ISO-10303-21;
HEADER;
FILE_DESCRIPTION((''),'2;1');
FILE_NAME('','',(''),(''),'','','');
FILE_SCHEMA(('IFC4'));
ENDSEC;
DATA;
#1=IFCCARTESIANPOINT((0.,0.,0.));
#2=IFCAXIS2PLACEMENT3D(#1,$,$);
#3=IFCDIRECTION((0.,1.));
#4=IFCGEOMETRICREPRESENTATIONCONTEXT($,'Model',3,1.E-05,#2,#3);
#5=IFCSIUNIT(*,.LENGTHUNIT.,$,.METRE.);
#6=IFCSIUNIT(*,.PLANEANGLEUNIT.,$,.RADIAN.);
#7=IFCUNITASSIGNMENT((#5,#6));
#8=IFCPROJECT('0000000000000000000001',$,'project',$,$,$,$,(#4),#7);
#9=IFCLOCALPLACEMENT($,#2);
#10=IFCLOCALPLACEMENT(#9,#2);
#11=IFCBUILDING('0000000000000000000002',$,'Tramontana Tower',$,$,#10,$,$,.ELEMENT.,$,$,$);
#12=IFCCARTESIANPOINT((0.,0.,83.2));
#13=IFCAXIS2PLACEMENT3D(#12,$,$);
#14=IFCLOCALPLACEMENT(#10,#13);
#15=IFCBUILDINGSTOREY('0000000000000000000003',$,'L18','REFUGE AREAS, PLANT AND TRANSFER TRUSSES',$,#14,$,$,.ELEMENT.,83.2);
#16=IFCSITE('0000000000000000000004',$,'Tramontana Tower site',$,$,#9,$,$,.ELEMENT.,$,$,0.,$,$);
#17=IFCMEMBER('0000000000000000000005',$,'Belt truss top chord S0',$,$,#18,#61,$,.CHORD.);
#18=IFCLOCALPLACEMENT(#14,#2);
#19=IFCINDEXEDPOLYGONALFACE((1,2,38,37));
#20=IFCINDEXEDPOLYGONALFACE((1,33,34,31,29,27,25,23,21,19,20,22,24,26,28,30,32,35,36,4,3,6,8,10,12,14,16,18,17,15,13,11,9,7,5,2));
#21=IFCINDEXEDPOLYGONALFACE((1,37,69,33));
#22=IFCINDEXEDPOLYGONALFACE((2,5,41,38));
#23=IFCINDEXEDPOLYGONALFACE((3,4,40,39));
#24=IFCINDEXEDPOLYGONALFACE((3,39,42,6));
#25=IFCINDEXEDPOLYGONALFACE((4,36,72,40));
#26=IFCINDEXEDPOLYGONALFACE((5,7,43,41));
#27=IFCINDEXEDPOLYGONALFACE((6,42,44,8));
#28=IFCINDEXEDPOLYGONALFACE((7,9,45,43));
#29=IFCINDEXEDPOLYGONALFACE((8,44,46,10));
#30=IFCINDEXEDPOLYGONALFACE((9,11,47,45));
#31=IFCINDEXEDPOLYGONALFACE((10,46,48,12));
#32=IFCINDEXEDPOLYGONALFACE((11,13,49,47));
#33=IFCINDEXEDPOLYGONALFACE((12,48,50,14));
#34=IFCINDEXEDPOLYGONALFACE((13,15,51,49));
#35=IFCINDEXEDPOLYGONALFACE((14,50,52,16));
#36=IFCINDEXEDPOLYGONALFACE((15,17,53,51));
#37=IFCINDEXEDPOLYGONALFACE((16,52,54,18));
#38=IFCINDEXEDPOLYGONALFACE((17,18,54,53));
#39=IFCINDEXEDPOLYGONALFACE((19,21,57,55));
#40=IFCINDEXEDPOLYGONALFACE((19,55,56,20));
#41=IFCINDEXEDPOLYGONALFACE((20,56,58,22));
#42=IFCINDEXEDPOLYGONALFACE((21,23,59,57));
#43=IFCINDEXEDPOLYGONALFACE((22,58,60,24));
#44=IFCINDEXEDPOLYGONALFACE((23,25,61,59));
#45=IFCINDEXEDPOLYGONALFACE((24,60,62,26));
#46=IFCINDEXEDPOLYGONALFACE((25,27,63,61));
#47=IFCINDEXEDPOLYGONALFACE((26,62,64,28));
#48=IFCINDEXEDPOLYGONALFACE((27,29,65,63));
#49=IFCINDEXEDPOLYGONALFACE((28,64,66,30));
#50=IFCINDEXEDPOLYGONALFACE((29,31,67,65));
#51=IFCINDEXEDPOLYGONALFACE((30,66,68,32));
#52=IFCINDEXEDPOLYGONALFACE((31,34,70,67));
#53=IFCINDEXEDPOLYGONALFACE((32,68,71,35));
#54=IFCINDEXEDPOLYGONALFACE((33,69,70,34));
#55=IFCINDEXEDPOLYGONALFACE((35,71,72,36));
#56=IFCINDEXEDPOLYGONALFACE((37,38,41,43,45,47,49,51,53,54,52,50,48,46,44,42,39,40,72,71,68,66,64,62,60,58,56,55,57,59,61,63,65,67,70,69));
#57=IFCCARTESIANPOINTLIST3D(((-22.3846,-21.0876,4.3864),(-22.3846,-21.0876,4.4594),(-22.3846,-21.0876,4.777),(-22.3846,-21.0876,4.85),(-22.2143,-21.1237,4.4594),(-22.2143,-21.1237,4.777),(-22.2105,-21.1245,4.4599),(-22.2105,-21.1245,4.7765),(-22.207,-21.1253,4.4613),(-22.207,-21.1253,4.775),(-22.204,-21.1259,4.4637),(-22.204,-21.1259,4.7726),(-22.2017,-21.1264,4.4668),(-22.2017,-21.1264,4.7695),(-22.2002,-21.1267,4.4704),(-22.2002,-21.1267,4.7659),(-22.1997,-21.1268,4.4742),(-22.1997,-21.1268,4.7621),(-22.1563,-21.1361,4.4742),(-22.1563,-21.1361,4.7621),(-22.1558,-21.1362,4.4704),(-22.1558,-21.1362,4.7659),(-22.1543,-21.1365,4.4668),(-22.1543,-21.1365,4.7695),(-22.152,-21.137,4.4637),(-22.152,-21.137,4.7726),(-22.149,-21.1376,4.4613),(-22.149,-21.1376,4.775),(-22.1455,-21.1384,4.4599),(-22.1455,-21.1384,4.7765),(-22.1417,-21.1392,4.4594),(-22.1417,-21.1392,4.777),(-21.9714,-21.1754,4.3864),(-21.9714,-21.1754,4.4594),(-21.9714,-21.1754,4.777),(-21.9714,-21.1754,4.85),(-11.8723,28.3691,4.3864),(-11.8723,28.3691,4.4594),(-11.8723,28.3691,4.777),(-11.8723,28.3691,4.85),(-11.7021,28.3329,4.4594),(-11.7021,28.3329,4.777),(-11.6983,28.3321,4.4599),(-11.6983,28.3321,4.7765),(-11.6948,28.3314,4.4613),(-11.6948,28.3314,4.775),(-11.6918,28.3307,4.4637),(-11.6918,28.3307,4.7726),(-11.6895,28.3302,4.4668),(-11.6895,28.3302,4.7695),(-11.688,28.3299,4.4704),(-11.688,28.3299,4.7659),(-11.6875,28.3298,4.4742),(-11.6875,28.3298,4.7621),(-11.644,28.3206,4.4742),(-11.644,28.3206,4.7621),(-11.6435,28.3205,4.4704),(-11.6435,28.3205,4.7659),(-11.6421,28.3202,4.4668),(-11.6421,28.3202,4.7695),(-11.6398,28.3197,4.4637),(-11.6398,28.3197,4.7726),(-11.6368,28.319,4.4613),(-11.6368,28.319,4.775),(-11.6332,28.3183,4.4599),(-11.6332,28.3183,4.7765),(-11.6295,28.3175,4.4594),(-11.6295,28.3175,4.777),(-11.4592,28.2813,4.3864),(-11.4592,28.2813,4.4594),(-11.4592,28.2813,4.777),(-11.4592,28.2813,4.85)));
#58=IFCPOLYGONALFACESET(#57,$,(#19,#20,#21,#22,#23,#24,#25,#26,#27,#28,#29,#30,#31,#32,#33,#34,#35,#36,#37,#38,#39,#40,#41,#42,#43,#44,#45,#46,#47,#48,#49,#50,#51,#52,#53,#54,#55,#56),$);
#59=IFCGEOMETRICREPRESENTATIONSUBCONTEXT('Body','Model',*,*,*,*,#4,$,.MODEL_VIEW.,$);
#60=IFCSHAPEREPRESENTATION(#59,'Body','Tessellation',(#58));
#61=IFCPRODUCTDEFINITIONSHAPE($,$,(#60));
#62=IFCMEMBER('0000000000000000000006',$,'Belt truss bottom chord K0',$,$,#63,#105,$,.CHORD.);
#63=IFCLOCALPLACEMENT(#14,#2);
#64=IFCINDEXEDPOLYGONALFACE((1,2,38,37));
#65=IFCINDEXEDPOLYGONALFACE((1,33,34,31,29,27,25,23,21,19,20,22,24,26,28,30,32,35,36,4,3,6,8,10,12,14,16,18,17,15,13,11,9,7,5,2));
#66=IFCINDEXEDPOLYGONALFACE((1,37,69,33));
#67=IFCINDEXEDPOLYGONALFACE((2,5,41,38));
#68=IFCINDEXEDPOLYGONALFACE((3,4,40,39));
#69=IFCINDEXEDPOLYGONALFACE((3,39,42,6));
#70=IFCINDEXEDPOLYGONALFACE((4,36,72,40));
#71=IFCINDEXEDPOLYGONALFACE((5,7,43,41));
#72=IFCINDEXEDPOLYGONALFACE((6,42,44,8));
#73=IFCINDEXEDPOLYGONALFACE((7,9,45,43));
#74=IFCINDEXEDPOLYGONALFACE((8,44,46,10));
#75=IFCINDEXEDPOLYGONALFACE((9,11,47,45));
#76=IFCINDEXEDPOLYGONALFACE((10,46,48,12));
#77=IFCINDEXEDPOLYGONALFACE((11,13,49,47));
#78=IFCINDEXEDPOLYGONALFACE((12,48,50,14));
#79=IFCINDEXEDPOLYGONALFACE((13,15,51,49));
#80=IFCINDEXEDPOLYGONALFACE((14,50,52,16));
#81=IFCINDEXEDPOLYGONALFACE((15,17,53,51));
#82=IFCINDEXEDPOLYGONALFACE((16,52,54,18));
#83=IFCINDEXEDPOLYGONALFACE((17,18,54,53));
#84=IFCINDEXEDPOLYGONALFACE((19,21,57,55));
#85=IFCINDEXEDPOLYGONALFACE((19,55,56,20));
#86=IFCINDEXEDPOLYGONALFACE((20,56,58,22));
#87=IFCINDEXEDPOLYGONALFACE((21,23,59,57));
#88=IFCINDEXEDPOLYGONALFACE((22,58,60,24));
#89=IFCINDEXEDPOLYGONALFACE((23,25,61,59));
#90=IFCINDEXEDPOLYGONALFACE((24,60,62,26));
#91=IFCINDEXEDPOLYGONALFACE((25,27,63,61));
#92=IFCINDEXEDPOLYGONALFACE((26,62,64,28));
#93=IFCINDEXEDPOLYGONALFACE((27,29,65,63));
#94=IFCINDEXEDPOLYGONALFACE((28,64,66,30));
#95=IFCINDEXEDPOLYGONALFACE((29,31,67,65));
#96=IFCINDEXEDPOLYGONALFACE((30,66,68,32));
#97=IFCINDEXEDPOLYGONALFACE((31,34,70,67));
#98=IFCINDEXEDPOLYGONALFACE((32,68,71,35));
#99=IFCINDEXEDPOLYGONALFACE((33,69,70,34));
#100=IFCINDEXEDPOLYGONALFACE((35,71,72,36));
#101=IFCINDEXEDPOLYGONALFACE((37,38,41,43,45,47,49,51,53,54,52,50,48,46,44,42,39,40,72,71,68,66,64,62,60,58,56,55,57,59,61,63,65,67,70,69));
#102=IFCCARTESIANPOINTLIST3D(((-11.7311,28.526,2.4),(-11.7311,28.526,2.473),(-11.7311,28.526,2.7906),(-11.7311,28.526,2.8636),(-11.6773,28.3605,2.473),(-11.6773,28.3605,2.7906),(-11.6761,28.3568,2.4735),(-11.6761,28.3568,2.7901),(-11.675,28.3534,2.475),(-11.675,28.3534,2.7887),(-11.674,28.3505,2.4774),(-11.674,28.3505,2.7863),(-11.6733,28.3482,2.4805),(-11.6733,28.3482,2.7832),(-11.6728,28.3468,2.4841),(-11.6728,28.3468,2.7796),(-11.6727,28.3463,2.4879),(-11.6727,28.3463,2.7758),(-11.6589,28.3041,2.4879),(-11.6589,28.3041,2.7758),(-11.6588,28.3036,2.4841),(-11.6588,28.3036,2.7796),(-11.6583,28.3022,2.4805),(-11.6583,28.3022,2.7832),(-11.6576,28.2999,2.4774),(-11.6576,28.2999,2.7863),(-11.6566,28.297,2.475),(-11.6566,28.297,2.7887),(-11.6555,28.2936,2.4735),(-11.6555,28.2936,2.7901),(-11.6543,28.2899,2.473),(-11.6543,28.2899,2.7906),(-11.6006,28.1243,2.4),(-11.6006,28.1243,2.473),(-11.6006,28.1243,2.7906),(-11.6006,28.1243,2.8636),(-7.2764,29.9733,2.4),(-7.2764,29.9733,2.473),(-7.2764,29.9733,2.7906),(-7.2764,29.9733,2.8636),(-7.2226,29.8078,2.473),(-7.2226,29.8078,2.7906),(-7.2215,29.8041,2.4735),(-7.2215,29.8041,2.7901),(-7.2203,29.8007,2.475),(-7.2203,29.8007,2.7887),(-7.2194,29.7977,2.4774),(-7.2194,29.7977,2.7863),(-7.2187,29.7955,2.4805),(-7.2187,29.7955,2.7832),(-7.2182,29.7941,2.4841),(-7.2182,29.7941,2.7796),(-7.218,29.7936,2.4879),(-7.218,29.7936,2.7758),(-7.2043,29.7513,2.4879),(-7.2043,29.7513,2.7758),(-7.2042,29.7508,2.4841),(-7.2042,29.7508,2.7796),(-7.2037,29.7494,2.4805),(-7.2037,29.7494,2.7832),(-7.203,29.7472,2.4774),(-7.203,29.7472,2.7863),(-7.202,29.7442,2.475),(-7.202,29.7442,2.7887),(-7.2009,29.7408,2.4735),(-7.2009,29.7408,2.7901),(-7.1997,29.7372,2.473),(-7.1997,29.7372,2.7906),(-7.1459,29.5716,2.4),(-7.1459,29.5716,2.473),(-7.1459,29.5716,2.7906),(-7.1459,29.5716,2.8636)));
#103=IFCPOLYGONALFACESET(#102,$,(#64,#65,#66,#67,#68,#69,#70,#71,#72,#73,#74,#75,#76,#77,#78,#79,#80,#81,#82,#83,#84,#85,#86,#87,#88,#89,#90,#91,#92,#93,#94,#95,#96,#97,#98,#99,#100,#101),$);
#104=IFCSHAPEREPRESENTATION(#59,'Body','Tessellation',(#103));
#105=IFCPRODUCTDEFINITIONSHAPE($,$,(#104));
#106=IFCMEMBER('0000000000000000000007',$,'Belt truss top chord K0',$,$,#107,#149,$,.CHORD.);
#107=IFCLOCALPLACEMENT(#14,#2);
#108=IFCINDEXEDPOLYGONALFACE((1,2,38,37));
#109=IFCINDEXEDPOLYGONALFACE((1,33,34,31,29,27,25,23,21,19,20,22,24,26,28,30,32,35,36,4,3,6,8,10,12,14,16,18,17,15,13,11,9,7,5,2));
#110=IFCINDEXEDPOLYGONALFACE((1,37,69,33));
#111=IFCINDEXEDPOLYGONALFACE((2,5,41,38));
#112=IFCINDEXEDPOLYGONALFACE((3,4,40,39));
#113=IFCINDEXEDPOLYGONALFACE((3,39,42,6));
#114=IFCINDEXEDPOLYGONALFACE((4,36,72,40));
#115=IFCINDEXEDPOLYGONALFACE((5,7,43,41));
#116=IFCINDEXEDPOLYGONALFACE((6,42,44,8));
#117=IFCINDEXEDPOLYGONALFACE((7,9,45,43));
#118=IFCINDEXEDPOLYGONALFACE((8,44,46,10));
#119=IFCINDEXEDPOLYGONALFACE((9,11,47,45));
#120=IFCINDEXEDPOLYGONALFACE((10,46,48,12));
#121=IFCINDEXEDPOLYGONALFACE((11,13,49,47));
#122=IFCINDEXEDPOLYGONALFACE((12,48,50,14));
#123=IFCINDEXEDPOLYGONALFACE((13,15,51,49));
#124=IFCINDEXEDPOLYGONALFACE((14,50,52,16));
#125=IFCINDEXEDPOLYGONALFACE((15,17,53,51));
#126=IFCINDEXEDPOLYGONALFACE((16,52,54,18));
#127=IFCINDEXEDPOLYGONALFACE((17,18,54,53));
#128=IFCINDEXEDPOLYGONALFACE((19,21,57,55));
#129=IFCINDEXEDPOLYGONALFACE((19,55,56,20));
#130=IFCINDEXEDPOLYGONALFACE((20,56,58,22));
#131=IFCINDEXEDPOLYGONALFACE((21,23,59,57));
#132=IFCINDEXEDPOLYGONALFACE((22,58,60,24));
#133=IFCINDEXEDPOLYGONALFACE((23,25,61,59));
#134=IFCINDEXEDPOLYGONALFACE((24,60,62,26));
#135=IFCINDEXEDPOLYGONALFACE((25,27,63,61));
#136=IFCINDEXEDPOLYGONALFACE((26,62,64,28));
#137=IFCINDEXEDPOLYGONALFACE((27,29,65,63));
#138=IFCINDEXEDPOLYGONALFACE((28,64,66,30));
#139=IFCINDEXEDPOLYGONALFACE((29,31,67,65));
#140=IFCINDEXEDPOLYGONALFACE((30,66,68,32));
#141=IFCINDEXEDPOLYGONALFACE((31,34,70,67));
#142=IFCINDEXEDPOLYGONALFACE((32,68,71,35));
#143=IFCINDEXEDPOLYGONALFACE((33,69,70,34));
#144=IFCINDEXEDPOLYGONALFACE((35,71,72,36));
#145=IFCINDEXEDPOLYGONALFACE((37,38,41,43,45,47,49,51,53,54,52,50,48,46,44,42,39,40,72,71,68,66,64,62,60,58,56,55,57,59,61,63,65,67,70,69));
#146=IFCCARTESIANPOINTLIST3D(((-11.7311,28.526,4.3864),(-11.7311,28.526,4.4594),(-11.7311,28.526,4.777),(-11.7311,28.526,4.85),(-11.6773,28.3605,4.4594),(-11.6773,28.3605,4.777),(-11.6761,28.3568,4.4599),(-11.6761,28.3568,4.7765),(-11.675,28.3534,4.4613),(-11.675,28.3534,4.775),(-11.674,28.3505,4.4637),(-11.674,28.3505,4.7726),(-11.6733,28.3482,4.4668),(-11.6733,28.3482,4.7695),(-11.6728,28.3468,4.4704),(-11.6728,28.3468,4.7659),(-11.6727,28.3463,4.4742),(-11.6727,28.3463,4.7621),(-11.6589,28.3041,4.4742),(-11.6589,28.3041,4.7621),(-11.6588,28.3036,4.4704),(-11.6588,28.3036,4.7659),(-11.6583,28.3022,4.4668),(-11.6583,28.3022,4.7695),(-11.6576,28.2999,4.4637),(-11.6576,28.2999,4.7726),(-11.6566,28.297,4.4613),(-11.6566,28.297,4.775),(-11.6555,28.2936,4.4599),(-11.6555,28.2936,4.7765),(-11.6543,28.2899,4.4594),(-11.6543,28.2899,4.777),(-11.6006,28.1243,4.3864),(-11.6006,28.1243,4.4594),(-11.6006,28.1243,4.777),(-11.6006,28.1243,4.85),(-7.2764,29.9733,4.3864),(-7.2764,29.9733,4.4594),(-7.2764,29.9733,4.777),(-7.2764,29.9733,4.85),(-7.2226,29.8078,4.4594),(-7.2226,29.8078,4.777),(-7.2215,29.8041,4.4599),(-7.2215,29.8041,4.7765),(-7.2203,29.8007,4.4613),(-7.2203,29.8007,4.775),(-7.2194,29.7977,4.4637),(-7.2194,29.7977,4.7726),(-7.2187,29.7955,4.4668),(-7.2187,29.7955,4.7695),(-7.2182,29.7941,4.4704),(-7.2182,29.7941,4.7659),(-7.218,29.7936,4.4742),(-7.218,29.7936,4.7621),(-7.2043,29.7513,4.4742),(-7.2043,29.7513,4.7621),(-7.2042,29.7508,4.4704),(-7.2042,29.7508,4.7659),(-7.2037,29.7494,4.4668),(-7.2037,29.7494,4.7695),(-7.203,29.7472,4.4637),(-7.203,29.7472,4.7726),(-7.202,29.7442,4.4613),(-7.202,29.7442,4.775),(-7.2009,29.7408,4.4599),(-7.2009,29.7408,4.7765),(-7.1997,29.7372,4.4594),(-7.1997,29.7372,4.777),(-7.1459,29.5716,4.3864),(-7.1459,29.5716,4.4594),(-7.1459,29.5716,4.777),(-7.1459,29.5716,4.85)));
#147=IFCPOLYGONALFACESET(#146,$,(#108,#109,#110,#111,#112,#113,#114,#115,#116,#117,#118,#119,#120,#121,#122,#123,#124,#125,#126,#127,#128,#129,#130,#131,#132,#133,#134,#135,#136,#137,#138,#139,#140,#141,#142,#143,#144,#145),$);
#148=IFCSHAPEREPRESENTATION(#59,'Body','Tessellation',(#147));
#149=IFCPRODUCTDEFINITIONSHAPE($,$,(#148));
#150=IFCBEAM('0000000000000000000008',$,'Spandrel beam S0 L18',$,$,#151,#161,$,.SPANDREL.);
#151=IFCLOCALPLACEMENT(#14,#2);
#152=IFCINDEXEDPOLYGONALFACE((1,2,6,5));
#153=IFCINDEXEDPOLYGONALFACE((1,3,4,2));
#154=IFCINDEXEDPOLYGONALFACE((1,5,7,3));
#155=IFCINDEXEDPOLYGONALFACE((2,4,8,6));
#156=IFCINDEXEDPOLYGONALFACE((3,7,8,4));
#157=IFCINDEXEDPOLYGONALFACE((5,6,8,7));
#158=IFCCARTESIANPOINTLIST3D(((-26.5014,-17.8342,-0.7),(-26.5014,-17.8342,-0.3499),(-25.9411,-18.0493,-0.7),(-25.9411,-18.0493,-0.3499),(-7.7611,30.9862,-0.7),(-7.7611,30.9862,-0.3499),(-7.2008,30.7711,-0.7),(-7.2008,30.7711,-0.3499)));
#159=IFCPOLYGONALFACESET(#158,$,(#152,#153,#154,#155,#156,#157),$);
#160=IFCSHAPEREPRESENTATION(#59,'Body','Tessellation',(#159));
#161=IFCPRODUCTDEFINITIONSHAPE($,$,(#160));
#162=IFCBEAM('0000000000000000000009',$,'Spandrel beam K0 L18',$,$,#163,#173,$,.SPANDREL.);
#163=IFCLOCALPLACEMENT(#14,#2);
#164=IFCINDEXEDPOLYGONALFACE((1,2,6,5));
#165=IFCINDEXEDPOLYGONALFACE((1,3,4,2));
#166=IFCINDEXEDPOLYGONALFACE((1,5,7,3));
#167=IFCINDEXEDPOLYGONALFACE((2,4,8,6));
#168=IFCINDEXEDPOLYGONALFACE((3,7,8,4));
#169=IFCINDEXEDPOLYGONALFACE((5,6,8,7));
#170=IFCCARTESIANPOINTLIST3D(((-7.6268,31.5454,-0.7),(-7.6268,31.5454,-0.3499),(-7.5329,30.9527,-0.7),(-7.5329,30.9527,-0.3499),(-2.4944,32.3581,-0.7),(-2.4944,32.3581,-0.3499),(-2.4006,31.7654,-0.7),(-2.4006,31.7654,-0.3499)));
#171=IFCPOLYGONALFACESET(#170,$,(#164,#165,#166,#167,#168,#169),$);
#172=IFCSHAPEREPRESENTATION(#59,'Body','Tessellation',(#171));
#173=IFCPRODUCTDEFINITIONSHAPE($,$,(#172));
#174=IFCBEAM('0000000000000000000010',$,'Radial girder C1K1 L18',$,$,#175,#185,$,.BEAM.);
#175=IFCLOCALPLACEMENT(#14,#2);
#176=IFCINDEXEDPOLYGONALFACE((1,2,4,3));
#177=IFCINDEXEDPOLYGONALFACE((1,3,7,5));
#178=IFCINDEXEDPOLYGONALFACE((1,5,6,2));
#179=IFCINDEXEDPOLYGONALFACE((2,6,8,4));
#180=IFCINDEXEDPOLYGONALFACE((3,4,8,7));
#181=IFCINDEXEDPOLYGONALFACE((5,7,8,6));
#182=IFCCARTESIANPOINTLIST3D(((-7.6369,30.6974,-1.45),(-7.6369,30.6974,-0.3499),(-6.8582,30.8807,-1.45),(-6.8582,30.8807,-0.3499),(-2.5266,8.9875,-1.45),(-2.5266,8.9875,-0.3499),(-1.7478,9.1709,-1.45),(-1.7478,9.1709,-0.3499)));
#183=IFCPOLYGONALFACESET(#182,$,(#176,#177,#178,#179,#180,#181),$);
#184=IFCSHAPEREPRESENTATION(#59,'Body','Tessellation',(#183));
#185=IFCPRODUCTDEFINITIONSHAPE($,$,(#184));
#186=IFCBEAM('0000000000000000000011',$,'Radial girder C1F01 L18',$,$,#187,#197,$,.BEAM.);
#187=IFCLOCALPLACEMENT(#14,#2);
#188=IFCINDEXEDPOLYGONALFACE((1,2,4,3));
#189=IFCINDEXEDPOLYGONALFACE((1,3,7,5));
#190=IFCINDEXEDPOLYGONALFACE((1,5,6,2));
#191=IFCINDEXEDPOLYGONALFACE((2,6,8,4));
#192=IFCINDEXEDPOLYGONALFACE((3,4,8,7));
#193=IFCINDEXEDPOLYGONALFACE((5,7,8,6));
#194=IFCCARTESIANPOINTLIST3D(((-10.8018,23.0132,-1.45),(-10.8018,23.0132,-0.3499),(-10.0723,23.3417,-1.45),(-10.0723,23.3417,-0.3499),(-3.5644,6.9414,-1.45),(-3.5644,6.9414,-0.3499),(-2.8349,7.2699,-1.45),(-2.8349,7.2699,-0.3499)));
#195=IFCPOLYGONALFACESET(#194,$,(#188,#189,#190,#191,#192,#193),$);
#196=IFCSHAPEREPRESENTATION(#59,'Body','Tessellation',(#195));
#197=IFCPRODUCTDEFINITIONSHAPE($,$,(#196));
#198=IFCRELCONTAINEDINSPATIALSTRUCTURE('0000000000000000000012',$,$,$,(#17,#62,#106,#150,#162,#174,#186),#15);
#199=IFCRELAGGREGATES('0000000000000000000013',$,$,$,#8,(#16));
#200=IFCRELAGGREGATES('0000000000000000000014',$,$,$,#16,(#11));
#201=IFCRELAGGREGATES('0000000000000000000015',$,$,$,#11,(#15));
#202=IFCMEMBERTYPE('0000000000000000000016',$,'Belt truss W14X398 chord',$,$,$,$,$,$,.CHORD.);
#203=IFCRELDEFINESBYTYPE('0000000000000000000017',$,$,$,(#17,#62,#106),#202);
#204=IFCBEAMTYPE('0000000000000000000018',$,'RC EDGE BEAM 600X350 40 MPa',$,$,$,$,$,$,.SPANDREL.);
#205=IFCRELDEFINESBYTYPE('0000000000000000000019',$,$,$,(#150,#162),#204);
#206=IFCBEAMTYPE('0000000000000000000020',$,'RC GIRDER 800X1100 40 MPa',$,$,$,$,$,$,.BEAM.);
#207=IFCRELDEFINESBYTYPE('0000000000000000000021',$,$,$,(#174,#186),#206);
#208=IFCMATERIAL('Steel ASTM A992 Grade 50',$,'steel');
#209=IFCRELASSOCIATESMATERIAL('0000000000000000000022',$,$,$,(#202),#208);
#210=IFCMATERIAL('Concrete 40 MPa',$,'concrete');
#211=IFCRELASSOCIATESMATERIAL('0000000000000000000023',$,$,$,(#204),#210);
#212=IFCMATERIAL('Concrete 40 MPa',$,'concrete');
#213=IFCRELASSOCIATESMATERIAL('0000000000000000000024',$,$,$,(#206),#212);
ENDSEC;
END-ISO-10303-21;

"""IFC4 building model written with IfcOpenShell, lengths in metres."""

from ifc_helpers import new_model, si_unit, direction, frame, origin, origin_2d, place, context, subcontext, project, spatial, rectangle, i_section, extrude, material, material_profile, profile_set, type_object, element, save


model = new_model("IFC4")

# Units and contexts
model_context = context("Model", 3, precision=1e-05, world=origin(), true_north=direction((0.0, 1.0)))
body_context = subcontext(model_context, "Body", "Model", "MODEL_VIEW")
ifc_project = project(units=[si_unit("LENGTHUNIT", "METRE"), si_unit("PLANEANGLEUNIT", "RADIAN")], contexts=[model_context])

# Site, building, storey
site_placement = place(None, origin())
site = spatial("IfcSite", under=ifc_project, at=site_placement, Name="Tramontana Tower site", CompositionType="ELEMENT", RefElevation=0.0)
building_placement = place(site_placement, origin())
building = spatial("IfcBuilding", under=site, at=building_placement, Name="Tramontana Tower", CompositionType="ELEMENT")
storey_placement = place(building_placement, frame((0.0, 0.0, 83.2)))
storey = spatial("IfcBuildingStorey", under=building, at=storey_placement, Name="L18", Description="REFUGE AREAS, PLANT AND TRANSFER TRUSSES", CompositionType="ELEMENT", Elevation=83.2)

# Members
ifc_material_1 = material(Name="Steel ASTM A992 Grade 50", Category="steel")
ifc_material_profile_1 = material_profile(ifc_material_1, i_section(OverallWidth=0.4224, OverallDepth=0.4636, WebThickness=0.0444, FlangeThickness=0.073, FilletRadius=0.0149, at=origin_2d()), Name="W14X398")
ifc_profile_set_1 = profile_set([ifc_material_profile_1], Name="Steel ASTM A992 Grade 50")
member_type_1 = type_object("IfcMemberType", Name="Belt truss W14X398 chord", PredefinedType="CHORD", material=ifc_profile_set_1)
for number, where, z_axis, x_axis, name in (
    (1, (-11.6658, 28.3252, 4.6182), (-0.20791, -0.978148, 0.0), (0.978148, -0.20791, 0.0), "Belt truss top chord S0"),
):
    element("IfcMember", number, at=place(storey_placement, frame(where, z_axis=z_axis, x_axis=x_axis)), inside=storey, type_object=member_type_1, Name=name, PredefinedType="CHORD", context=body_context, shape_type="SweptSolid", body=[
        extrude(i_section(OverallWidth=0.4224, OverallDepth=0.4636, WebThickness=0.0444, FlangeThickness=0.073, FilletRadius=0.0149, at=origin_2d()), origin(), (0.0, 0.0, 1.0), 50.5615),
    ])
for number, where, z_axis, x_axis, name in (
    (2, (-7.2112, 29.7725, 2.6318), (-0.951064, -0.308994, 0.0), (0.308994, -0.951064, 0.0), "Belt truss bottom chord K0"),
    (3, (-7.2112, 29.7725, 4.6182), (-0.951064, -0.308994, 0.0), (0.308994, -0.951064, 0.0), "Belt truss top chord K0"),
):
    element("IfcMember", number, at=place(storey_placement, frame(where, z_axis=z_axis, x_axis=x_axis)), inside=storey, type_object=member_type_1, Name=name, PredefinedType="CHORD", context=body_context, shape_type="SweptSolid", body=[
        extrude(i_section(OverallWidth=0.4224, OverallDepth=0.4636, WebThickness=0.0444, FlangeThickness=0.073, FilletRadius=0.0149, at=origin_2d()), origin(), (0.0, 0.0, 1.0), 4.6838),
    ])

# Beams
ifc_material_2 = material(Name="Concrete 40 MPa", Category="concrete")
ifc_material_profile_2 = material_profile(ifc_material_2, rectangle(XDim=0.6001, YDim=0.3501, at=origin_2d()), Name="RC EDGE BEAM 600X350 40 MPa")
ifc_profile_set_2 = profile_set([ifc_material_profile_2], Name="Concrete 40 MPa")
beam_type_1 = type_object("IfcBeamType", Name="RC EDGE BEAM 600X350 40 MPa", PredefinedType="SPANDREL", material=ifc_profile_set_2)
beam_1_placement = place(storey_placement, frame((-7.481, 30.8787, -0.5249), z_axis=(-0.358366, -0.933581, 0.0), x_axis=(0.933581, -0.358366, 0.0)))
element("IfcBeam", 4, at=beam_1_placement, inside=storey, type_object=beam_type_1, Name="Spandrel beam S0 L18", PredefinedType="SPANDREL", context=body_context, shape_type="SweptSolid", body=[
    extrude(rectangle(XDim=0.6001, YDim=0.3501, at=origin_2d()), origin(), (0.0, 0.0, 1.0), 52.2937),
])
beam_2_placement = place(storey_placement, frame((-2.4475, 32.0618, -0.5249), z_axis=(-0.987692, -0.156409, 0.0), x_axis=(0.156409, -0.987692, 0.0)))
element("IfcBeam", 5, at=beam_2_placement, inside=storey, type_object=beam_type_1, Name="Spandrel beam K0 L18", PredefinedType="SPANDREL", context=body_context, shape_type="SweptSolid", body=[
    extrude(rectangle(XDim=0.6001, YDim=0.3501, at=origin_2d()), origin(), (0.0, 0.0, 1.0), 5.1963),
])
ifc_material_3 = material(Name="Concrete 40 MPa", Category="concrete")
ifc_material_profile_3 = material_profile(ifc_material_3, rectangle(XDim=0.8, YDim=1.1001, at=origin_2d()), Name="RC GIRDER 800X1100 40 MPa")
ifc_profile_set_3 = profile_set([ifc_material_profile_3], Name="Concrete 40 MPa")
beam_type_2 = type_object("IfcBeamType", Name="RC GIRDER 800X1100 40 MPa", PredefinedType="BEAM", material=ifc_profile_set_3)
beam_3_placement = place(storey_placement, frame((-7.2476, 30.7891, -0.8999), z_axis=(0.22913, -0.973396, 0.0), x_axis=(0.973396, 0.22913, 0.0)))
element("IfcBeam", 6, at=beam_3_placement, inside=storey, type_object=beam_type_2, Name="Radial girder C1K1 L18", PredefinedType="BEAM", context=body_context, shape_type="SweptSolid", body=[
    extrude(rectangle(XDim=0.8, YDim=1.1001, at=origin_2d()), origin(), (0.0, 0.0, 1.0), 22.3032),
])
beam_4_placement = place(storey_placement, frame((-10.437, 23.1775, -0.8999), z_axis=(0.410601, -0.911815, 0.0), x_axis=(0.911815, 0.410601, 0.0)))
element("IfcBeam", 7, at=beam_4_placement, inside=storey, type_object=beam_type_2, Name="Radial girder C1F01 L18", PredefinedType="BEAM", context=body_context, shape_type="SweptSolid", body=[
    extrude(rectangle(XDim=0.8, YDim=1.1001, at=origin_2d()), origin(), (0.0, 0.0, 1.0), 17.6262),
])

save(model, "model.ifc")
